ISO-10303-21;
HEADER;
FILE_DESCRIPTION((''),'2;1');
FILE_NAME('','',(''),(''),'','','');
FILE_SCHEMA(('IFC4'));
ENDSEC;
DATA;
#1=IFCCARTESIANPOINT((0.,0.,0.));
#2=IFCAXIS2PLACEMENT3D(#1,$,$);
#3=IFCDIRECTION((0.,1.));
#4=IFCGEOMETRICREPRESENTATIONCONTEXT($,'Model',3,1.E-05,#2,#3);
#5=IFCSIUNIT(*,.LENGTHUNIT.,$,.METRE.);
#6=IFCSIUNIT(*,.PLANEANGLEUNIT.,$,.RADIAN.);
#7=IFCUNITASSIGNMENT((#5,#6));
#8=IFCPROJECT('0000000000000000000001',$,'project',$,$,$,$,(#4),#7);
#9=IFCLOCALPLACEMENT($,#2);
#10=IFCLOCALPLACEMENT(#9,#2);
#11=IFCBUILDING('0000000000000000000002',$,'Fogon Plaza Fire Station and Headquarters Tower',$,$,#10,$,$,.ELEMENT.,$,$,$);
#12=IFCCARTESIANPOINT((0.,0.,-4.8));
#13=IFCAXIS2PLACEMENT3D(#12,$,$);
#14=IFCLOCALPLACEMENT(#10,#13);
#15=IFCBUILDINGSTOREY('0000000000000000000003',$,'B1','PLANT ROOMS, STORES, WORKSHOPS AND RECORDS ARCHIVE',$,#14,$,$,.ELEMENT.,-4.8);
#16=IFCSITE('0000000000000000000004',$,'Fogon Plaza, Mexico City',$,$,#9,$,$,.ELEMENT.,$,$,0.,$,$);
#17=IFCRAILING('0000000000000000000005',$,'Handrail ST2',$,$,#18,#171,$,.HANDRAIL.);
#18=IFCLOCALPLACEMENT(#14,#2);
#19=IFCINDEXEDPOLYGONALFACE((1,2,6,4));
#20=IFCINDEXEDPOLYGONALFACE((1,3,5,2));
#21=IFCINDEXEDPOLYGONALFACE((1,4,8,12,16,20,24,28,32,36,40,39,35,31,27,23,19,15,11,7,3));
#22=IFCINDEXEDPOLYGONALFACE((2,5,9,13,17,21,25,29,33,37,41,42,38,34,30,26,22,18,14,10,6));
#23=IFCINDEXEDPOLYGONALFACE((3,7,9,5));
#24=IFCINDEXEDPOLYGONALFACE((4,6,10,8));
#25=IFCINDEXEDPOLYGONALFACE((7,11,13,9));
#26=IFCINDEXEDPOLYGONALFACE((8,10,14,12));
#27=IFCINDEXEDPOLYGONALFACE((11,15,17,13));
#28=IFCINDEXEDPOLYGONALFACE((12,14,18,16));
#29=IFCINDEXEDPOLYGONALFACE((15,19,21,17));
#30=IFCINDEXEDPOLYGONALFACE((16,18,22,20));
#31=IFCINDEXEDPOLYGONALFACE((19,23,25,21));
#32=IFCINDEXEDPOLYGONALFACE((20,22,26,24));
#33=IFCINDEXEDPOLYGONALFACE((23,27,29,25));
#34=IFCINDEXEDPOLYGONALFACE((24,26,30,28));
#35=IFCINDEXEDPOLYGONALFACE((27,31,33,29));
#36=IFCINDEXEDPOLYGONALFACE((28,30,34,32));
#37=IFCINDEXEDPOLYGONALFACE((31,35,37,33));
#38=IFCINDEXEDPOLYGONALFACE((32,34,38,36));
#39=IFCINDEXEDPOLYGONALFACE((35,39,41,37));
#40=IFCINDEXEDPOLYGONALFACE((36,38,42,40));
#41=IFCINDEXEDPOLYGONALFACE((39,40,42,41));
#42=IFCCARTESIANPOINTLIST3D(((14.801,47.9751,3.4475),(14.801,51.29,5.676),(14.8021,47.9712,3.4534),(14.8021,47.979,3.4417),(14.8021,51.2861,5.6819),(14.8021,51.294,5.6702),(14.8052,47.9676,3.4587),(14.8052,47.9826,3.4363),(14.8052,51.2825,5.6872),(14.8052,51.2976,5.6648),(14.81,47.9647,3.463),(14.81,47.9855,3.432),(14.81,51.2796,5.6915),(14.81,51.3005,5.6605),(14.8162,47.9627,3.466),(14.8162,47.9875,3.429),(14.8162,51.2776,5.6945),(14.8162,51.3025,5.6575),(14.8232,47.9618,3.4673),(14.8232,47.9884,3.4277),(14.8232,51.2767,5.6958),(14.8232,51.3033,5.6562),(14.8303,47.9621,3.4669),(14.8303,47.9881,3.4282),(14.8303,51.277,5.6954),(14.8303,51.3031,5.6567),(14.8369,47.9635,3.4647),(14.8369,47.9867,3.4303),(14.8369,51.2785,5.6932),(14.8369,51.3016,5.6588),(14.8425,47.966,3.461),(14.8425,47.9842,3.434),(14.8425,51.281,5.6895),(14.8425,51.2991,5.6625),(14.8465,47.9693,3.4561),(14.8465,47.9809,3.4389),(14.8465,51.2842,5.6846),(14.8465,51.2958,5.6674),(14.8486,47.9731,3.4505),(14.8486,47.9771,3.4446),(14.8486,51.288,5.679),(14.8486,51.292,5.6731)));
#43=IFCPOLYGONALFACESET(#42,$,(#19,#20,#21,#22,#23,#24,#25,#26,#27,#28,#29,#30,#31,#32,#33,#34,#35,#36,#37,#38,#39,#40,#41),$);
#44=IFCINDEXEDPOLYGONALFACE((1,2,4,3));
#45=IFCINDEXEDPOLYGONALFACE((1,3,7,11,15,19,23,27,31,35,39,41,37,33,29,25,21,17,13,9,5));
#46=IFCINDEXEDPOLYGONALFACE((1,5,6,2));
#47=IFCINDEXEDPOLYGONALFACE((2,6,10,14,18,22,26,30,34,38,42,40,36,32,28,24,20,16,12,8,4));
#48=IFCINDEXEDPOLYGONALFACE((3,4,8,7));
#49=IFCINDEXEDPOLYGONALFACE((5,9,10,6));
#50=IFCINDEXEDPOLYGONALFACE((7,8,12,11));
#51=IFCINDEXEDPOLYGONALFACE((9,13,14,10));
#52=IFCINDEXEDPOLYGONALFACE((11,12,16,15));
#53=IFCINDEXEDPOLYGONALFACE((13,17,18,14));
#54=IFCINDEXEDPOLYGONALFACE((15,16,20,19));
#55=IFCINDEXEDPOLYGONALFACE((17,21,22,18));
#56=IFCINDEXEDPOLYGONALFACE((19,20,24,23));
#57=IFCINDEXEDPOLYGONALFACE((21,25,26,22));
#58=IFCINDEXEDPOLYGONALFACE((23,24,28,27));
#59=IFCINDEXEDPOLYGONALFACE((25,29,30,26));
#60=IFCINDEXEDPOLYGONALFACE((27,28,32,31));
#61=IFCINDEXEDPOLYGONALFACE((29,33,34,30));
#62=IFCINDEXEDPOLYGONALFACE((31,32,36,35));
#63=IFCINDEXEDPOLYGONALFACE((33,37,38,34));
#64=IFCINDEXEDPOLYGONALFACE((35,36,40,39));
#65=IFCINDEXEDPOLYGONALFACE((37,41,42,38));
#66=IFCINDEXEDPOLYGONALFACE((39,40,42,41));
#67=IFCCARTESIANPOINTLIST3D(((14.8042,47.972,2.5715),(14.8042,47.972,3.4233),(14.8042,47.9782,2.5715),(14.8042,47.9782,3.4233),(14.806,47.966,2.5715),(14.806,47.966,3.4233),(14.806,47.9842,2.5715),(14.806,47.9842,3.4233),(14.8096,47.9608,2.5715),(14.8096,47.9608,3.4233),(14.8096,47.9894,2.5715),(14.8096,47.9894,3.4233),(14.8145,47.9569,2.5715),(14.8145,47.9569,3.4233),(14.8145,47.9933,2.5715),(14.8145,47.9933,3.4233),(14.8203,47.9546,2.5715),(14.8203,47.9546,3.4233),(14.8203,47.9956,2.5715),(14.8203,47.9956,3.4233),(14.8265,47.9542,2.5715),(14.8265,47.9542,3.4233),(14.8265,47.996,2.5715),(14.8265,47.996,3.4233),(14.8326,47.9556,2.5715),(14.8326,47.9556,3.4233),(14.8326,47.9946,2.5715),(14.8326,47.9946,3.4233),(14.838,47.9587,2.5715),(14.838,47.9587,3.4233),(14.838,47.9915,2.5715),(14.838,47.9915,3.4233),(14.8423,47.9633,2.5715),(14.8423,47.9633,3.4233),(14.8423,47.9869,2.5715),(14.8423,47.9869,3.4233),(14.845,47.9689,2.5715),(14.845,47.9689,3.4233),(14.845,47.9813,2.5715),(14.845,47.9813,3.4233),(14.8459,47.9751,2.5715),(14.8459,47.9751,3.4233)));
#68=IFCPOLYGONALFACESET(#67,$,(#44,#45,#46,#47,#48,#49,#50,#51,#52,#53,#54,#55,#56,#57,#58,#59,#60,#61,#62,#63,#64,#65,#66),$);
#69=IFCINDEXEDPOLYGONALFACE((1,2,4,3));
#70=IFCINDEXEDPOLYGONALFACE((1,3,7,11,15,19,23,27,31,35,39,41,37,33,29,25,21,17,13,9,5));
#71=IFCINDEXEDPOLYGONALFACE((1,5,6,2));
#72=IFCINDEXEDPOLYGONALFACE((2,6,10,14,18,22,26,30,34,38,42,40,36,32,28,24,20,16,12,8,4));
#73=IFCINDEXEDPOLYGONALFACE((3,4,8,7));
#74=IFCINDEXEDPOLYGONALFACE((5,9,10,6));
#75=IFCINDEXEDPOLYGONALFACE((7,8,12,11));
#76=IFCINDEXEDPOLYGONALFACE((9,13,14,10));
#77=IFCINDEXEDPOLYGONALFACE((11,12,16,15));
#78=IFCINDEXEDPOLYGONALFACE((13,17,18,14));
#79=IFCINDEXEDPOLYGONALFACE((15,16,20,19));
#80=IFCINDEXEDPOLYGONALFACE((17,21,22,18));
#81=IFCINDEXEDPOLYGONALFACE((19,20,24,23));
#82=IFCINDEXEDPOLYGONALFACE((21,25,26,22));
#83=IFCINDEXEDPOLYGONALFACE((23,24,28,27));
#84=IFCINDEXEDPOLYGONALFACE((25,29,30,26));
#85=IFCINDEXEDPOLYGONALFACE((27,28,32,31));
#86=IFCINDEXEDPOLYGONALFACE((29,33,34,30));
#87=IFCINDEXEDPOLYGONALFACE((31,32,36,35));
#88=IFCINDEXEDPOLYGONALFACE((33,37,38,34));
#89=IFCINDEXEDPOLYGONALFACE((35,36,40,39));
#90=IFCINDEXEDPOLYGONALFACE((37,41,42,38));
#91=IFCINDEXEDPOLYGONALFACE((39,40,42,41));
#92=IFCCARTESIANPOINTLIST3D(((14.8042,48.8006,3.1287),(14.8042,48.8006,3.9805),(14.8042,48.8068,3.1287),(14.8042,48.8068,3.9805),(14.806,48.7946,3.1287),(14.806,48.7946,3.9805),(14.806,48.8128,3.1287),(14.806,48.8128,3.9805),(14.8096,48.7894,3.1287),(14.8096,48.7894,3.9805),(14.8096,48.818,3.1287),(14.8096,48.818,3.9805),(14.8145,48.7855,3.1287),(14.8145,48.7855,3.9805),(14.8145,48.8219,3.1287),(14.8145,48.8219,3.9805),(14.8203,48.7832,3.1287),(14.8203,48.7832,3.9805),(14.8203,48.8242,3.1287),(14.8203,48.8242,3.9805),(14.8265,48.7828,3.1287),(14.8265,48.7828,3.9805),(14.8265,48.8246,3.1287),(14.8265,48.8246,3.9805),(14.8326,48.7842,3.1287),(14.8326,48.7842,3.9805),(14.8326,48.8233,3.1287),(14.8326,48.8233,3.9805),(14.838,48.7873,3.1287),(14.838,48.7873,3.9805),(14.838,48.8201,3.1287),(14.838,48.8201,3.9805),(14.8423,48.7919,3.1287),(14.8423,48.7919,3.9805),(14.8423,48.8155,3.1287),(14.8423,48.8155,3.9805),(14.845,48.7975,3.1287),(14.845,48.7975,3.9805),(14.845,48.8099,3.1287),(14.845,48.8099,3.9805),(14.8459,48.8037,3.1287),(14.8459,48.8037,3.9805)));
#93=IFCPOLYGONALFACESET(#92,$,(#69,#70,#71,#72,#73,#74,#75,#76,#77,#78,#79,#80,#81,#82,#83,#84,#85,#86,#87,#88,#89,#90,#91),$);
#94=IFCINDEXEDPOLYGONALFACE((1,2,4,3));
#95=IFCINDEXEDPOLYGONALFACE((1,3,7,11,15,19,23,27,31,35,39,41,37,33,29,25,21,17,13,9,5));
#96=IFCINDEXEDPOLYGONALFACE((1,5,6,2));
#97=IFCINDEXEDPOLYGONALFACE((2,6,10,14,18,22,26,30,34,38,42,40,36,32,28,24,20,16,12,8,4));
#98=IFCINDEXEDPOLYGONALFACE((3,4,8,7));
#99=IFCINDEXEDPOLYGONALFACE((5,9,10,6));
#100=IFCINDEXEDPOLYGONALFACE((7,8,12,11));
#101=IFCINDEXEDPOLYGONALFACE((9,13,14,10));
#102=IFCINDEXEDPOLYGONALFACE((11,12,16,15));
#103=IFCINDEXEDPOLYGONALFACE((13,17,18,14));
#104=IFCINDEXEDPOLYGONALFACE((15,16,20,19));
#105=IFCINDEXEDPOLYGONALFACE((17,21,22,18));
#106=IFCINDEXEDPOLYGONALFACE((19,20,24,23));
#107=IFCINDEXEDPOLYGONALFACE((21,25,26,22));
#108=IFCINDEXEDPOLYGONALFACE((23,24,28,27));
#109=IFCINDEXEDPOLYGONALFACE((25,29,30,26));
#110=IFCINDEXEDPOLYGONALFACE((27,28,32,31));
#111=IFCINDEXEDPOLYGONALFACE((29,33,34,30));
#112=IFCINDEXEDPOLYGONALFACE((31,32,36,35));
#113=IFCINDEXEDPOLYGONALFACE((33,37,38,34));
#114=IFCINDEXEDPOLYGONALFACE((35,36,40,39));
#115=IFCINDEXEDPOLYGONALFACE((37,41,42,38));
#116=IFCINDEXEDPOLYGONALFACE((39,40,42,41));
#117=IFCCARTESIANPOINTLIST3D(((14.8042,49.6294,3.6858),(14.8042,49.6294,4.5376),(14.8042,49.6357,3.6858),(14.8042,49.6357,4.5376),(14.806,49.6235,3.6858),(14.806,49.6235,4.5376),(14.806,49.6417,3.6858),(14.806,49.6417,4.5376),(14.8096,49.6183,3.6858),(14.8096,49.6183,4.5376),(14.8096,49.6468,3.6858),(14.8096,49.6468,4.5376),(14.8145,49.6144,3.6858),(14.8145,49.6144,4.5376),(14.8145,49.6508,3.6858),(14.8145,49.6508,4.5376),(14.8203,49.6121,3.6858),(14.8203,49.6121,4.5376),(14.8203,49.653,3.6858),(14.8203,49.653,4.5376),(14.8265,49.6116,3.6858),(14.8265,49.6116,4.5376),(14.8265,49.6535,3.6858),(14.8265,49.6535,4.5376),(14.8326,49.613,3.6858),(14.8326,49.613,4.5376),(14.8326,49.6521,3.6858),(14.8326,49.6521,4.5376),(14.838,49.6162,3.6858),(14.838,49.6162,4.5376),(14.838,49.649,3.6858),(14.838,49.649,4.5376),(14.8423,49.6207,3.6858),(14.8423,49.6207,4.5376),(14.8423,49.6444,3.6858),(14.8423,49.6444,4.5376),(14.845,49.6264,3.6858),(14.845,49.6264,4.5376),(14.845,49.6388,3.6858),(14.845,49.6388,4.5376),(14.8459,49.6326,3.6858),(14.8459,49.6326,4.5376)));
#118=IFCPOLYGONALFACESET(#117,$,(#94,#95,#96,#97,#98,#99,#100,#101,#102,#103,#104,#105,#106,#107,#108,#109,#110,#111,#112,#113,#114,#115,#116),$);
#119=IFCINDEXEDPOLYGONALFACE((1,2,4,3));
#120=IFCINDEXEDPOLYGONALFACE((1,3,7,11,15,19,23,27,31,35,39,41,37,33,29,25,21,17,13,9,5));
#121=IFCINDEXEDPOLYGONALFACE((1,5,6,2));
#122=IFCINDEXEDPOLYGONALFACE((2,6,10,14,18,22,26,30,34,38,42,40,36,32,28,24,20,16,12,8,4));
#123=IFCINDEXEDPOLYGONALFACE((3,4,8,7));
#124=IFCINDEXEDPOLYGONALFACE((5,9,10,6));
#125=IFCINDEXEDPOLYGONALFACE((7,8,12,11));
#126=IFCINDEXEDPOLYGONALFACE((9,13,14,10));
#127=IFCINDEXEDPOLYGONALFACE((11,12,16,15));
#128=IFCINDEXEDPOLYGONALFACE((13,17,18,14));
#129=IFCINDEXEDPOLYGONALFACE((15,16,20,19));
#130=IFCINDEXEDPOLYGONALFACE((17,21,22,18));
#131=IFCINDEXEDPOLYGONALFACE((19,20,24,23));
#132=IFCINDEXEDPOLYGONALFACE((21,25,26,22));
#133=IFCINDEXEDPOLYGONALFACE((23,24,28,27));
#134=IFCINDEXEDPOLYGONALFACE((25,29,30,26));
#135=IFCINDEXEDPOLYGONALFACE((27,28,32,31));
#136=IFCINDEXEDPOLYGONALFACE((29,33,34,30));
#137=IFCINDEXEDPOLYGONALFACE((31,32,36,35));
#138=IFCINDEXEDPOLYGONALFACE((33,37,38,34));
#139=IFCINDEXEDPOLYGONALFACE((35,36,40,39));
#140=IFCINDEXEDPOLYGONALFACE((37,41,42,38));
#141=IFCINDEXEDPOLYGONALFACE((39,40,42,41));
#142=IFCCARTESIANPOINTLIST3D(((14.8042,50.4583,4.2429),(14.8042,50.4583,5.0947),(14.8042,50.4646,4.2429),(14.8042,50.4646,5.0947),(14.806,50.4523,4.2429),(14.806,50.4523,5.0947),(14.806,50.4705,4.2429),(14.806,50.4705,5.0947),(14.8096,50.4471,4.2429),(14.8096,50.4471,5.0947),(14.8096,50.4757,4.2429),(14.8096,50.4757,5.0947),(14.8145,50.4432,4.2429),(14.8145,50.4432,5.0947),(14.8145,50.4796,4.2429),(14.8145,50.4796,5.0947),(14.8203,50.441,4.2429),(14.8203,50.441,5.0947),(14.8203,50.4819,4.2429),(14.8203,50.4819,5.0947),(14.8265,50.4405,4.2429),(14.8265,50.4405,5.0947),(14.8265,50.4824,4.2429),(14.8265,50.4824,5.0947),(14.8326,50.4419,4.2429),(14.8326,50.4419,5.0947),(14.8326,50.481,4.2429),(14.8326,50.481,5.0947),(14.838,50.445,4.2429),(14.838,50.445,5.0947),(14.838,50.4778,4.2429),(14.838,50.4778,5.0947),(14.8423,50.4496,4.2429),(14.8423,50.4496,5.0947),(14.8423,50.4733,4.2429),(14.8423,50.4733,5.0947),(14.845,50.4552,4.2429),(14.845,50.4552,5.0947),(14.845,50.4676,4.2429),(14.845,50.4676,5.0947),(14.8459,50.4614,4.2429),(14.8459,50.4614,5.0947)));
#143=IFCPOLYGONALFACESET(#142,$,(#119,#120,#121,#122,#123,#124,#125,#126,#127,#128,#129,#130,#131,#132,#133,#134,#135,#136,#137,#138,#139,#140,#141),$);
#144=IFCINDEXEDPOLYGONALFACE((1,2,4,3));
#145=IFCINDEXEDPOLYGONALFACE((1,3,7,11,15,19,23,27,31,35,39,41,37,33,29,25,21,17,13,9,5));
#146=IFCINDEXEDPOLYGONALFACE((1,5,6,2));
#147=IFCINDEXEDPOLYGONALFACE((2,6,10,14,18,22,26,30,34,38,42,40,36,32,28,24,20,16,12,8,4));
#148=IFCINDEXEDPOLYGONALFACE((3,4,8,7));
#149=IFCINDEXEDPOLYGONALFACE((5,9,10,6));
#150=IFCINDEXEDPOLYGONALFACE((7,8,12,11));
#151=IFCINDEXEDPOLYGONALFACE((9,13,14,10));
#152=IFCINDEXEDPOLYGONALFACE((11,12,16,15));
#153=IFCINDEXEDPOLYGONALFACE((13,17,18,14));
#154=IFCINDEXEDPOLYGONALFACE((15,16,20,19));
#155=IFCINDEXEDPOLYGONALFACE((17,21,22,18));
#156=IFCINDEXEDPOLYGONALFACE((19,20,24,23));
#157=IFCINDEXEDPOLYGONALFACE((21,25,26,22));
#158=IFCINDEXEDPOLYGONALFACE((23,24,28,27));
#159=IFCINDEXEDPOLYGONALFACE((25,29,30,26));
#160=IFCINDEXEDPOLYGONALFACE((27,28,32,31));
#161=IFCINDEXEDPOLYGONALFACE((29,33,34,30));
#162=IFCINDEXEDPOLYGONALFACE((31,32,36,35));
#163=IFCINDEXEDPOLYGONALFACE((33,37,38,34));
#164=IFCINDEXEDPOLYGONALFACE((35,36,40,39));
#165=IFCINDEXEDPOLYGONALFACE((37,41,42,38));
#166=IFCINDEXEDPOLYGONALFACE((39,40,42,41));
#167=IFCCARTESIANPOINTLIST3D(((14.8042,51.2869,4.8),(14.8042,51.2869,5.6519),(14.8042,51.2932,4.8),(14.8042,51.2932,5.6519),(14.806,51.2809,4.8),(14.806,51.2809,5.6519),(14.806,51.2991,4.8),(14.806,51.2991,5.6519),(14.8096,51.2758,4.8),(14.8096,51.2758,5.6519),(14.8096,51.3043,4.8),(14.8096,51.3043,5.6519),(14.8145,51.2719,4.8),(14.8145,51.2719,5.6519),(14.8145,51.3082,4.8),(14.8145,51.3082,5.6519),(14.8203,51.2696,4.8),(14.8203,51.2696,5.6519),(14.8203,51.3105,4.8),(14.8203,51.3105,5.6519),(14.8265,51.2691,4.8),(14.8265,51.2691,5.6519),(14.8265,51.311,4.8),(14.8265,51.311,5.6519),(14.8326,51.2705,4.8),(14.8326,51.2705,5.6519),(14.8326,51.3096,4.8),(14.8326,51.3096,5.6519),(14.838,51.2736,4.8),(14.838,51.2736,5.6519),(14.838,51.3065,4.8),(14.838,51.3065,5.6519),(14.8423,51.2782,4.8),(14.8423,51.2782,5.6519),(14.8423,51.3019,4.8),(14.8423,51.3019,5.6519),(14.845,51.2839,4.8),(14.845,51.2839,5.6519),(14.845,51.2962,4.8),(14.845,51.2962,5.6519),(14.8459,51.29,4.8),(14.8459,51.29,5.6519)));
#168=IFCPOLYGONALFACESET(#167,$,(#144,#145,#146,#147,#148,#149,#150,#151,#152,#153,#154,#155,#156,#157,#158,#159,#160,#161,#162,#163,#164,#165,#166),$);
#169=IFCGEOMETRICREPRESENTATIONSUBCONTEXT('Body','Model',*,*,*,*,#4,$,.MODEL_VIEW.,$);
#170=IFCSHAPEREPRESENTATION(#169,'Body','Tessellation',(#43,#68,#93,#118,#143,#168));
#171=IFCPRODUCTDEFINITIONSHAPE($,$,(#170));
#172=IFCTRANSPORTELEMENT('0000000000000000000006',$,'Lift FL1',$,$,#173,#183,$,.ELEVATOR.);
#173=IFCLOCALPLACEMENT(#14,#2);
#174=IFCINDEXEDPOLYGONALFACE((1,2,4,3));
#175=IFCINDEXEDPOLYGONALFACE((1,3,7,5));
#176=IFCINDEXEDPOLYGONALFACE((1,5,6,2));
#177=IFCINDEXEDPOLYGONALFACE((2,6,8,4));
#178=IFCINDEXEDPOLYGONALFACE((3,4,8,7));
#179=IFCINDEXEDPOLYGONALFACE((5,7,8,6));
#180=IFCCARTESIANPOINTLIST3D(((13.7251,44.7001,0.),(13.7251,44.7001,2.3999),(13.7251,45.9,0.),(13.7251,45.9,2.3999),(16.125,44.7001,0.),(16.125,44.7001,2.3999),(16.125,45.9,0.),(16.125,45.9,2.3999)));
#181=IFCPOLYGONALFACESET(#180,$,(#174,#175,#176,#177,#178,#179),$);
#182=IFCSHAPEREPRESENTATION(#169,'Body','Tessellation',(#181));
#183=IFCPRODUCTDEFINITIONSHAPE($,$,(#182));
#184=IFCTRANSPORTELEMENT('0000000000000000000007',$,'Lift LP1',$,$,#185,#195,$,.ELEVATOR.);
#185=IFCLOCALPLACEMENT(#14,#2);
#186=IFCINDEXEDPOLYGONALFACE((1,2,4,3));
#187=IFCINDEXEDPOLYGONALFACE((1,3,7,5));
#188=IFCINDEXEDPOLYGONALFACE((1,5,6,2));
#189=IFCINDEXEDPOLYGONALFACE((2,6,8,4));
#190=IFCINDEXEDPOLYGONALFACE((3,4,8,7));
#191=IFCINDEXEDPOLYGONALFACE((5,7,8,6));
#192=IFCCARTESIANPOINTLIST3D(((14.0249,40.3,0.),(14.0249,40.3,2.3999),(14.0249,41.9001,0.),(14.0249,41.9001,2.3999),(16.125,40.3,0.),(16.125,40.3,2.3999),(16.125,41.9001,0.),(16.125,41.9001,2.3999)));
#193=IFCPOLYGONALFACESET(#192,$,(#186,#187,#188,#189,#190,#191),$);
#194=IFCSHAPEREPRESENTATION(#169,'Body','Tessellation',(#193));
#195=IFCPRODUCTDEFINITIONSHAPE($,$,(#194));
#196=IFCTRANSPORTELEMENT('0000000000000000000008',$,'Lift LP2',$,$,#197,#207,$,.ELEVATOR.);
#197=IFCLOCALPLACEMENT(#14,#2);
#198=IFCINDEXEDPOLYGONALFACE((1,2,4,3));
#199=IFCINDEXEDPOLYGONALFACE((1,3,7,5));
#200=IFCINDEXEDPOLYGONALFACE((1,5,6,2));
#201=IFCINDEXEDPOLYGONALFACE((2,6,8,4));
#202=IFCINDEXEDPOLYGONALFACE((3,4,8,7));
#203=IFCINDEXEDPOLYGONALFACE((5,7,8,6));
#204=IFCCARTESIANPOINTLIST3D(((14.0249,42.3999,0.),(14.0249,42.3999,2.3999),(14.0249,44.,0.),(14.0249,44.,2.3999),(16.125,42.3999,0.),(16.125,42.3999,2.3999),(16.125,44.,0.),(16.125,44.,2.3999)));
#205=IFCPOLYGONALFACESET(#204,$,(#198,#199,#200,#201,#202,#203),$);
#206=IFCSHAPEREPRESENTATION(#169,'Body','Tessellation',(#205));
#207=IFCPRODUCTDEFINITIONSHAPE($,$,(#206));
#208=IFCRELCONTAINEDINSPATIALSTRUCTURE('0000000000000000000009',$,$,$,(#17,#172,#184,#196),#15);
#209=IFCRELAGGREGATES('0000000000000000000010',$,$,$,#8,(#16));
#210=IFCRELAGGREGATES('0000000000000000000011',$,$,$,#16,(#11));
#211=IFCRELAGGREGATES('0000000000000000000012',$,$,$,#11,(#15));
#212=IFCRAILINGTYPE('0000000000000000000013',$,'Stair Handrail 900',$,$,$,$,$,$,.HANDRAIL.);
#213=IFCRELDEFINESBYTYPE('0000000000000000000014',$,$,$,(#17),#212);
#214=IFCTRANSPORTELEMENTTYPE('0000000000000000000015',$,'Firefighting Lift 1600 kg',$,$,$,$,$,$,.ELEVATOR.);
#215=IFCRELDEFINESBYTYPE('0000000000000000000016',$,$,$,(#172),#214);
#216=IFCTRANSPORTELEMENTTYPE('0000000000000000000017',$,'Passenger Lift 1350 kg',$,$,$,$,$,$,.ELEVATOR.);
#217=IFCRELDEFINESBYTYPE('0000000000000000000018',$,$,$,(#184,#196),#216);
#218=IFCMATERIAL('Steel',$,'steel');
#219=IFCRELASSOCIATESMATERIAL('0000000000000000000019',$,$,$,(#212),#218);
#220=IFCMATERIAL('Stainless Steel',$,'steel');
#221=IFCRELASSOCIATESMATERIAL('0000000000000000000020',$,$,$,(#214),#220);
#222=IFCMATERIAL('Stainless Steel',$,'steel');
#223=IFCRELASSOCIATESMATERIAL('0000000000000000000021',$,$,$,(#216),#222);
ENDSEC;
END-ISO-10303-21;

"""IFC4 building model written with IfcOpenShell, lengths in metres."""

from ifc_helpers import new_model, si_unit, direction, frame, origin, origin_2d, place, context, subcontext, project, spatial, rectangle, circle, extrude, material, type_object, element, save


model = new_model("IFC4")

# Units and contexts
model_context = context("Model", 3, precision=1e-05, world=origin(), true_north=direction((0.0, 1.0)))
body_context = subcontext(model_context, "Body", "Model", "MODEL_VIEW")
ifc_project = project(units=[si_unit("LENGTHUNIT", "METRE"), si_unit("PLANEANGLEUNIT", "RADIAN")], contexts=[model_context])

# Site, building, storey
site_placement = place(None, origin())
site = spatial("IfcSite", under=ifc_project, at=site_placement, Name="Fogon Plaza, Mexico City", CompositionType="ELEMENT", RefElevation=0.0)
building_placement = place(site_placement, origin())
building = spatial("IfcBuilding", under=site, at=building_placement, Name="Fogon Plaza Fire Station and Headquarters Tower", CompositionType="ELEMENT")
storey_placement = place(building_placement, frame((0.0, 0.0, -4.8)))
storey = spatial("IfcBuildingStorey", under=building, at=storey_placement, Name="B1", Description="PLANT ROOMS, STORES, WORKSHOPS AND RECORDS ARCHIVE", CompositionType="ELEMENT", Elevation=-4.8)

# Railing
ifc_material_1 = material(Name="Steel", Category="steel")
railing_type = type_object("IfcRailingType", Name="Stair Handrail 900", PredefinedType="HANDRAIL", material=ifc_material_1)
railing_1_placement = place(storey_placement, frame((14.825, 47.9751, 2.5715)))
element("IfcRailing", 1, at=railing_1_placement, inside=storey, type_object=railing_type, Name="Handrail ST2", PredefinedType="HANDRAIL", context=body_context, shape_type="SweptSolid", body=[
    extrude(circle(Radius=0.0239, at=origin_2d()), frame((0.0, 0.0, 0.876), z_axis=(0.0, 0.8299, 0.557912), x_axis=(-1.0, 0.0, 0.0)), (0.0, 0.0, 1.0), 3.9944),
    extrude(circle(Radius=0.021, at=origin_2d()), origin(), (0.0, 0.0, 1.0), 0.8518),
    extrude(circle(Radius=0.021, at=origin_2d()), frame((0.0, 0.8286, 0.5571)), (0.0, 0.0, 1.0), 0.8518),
    extrude(circle(Radius=0.021, at=origin_2d()), frame((0.0, 1.6575, 1.1143)), (0.0, 0.0, 1.0), 0.8518),
    extrude(circle(Radius=0.021, at=origin_2d()), frame((0.0, 2.4863, 1.6714)), (0.0, 0.0, 1.0), 0.8518),
    extrude(circle(Radius=0.021, at=origin_2d()), frame((0.0, 3.3149, 2.2285)), (0.0, 0.0, 1.0), 0.8518),
])

# Transport elements
ifc_material_2 = material(Name="Stainless Steel", Category="steel")
transport_element_type_1 = type_object("IfcTransportElementType", Name="Firefighting Lift 1600 kg", PredefinedType="ELEVATOR", material=ifc_material_2)
transport_element_placement = place(storey_placement, frame((14.925, 45.3, 0.0), z_axis=(0.0, 0.0, 1.0), x_axis=(1.0, 0.0, 0.0)))
element("IfcTransportElement", 2, at=transport_element_placement, inside=storey, type_object=transport_element_type_1, Name="Lift FL1", PredefinedType="ELEVATOR", context=body_context, shape_type="SweptSolid", body=[
    extrude(rectangle(XDim=2.3999, YDim=1.2, at=origin_2d()), origin(), (0.0, 0.0, 1.0), 2.3999),
])
ifc_material_3 = material(Name="Stainless Steel", Category="steel")
transport_element_type_2 = type_object("IfcTransportElementType", Name="Passenger Lift 1350 kg", PredefinedType="ELEVATOR", material=ifc_material_3)
for number, where, z_axis, x_axis, name in (
    (3, (15.075, 41.1001, 0.0), (0.0, 0.0, 1.0), (1.0, 0.0, 0.0), "Lift LP1"),
    (4, (15.075, 43.2, 0.0), (0.0, 0.0, 1.0), (1.0, 0.0, 0.0), "Lift LP2"),
):
    element("IfcTransportElement", number, at=place(storey_placement, frame(where, z_axis=z_axis, x_axis=x_axis)), inside=storey, type_object=transport_element_type_2, Name=name, PredefinedType="ELEVATOR", context=body_context, shape_type="SweptSolid", body=[
        extrude(rectangle(XDim=2.1001, YDim=1.6001, at=origin_2d()), origin(), (0.0, 0.0, 1.0), 2.3999),
    ])

save(model, "model.ifc")
